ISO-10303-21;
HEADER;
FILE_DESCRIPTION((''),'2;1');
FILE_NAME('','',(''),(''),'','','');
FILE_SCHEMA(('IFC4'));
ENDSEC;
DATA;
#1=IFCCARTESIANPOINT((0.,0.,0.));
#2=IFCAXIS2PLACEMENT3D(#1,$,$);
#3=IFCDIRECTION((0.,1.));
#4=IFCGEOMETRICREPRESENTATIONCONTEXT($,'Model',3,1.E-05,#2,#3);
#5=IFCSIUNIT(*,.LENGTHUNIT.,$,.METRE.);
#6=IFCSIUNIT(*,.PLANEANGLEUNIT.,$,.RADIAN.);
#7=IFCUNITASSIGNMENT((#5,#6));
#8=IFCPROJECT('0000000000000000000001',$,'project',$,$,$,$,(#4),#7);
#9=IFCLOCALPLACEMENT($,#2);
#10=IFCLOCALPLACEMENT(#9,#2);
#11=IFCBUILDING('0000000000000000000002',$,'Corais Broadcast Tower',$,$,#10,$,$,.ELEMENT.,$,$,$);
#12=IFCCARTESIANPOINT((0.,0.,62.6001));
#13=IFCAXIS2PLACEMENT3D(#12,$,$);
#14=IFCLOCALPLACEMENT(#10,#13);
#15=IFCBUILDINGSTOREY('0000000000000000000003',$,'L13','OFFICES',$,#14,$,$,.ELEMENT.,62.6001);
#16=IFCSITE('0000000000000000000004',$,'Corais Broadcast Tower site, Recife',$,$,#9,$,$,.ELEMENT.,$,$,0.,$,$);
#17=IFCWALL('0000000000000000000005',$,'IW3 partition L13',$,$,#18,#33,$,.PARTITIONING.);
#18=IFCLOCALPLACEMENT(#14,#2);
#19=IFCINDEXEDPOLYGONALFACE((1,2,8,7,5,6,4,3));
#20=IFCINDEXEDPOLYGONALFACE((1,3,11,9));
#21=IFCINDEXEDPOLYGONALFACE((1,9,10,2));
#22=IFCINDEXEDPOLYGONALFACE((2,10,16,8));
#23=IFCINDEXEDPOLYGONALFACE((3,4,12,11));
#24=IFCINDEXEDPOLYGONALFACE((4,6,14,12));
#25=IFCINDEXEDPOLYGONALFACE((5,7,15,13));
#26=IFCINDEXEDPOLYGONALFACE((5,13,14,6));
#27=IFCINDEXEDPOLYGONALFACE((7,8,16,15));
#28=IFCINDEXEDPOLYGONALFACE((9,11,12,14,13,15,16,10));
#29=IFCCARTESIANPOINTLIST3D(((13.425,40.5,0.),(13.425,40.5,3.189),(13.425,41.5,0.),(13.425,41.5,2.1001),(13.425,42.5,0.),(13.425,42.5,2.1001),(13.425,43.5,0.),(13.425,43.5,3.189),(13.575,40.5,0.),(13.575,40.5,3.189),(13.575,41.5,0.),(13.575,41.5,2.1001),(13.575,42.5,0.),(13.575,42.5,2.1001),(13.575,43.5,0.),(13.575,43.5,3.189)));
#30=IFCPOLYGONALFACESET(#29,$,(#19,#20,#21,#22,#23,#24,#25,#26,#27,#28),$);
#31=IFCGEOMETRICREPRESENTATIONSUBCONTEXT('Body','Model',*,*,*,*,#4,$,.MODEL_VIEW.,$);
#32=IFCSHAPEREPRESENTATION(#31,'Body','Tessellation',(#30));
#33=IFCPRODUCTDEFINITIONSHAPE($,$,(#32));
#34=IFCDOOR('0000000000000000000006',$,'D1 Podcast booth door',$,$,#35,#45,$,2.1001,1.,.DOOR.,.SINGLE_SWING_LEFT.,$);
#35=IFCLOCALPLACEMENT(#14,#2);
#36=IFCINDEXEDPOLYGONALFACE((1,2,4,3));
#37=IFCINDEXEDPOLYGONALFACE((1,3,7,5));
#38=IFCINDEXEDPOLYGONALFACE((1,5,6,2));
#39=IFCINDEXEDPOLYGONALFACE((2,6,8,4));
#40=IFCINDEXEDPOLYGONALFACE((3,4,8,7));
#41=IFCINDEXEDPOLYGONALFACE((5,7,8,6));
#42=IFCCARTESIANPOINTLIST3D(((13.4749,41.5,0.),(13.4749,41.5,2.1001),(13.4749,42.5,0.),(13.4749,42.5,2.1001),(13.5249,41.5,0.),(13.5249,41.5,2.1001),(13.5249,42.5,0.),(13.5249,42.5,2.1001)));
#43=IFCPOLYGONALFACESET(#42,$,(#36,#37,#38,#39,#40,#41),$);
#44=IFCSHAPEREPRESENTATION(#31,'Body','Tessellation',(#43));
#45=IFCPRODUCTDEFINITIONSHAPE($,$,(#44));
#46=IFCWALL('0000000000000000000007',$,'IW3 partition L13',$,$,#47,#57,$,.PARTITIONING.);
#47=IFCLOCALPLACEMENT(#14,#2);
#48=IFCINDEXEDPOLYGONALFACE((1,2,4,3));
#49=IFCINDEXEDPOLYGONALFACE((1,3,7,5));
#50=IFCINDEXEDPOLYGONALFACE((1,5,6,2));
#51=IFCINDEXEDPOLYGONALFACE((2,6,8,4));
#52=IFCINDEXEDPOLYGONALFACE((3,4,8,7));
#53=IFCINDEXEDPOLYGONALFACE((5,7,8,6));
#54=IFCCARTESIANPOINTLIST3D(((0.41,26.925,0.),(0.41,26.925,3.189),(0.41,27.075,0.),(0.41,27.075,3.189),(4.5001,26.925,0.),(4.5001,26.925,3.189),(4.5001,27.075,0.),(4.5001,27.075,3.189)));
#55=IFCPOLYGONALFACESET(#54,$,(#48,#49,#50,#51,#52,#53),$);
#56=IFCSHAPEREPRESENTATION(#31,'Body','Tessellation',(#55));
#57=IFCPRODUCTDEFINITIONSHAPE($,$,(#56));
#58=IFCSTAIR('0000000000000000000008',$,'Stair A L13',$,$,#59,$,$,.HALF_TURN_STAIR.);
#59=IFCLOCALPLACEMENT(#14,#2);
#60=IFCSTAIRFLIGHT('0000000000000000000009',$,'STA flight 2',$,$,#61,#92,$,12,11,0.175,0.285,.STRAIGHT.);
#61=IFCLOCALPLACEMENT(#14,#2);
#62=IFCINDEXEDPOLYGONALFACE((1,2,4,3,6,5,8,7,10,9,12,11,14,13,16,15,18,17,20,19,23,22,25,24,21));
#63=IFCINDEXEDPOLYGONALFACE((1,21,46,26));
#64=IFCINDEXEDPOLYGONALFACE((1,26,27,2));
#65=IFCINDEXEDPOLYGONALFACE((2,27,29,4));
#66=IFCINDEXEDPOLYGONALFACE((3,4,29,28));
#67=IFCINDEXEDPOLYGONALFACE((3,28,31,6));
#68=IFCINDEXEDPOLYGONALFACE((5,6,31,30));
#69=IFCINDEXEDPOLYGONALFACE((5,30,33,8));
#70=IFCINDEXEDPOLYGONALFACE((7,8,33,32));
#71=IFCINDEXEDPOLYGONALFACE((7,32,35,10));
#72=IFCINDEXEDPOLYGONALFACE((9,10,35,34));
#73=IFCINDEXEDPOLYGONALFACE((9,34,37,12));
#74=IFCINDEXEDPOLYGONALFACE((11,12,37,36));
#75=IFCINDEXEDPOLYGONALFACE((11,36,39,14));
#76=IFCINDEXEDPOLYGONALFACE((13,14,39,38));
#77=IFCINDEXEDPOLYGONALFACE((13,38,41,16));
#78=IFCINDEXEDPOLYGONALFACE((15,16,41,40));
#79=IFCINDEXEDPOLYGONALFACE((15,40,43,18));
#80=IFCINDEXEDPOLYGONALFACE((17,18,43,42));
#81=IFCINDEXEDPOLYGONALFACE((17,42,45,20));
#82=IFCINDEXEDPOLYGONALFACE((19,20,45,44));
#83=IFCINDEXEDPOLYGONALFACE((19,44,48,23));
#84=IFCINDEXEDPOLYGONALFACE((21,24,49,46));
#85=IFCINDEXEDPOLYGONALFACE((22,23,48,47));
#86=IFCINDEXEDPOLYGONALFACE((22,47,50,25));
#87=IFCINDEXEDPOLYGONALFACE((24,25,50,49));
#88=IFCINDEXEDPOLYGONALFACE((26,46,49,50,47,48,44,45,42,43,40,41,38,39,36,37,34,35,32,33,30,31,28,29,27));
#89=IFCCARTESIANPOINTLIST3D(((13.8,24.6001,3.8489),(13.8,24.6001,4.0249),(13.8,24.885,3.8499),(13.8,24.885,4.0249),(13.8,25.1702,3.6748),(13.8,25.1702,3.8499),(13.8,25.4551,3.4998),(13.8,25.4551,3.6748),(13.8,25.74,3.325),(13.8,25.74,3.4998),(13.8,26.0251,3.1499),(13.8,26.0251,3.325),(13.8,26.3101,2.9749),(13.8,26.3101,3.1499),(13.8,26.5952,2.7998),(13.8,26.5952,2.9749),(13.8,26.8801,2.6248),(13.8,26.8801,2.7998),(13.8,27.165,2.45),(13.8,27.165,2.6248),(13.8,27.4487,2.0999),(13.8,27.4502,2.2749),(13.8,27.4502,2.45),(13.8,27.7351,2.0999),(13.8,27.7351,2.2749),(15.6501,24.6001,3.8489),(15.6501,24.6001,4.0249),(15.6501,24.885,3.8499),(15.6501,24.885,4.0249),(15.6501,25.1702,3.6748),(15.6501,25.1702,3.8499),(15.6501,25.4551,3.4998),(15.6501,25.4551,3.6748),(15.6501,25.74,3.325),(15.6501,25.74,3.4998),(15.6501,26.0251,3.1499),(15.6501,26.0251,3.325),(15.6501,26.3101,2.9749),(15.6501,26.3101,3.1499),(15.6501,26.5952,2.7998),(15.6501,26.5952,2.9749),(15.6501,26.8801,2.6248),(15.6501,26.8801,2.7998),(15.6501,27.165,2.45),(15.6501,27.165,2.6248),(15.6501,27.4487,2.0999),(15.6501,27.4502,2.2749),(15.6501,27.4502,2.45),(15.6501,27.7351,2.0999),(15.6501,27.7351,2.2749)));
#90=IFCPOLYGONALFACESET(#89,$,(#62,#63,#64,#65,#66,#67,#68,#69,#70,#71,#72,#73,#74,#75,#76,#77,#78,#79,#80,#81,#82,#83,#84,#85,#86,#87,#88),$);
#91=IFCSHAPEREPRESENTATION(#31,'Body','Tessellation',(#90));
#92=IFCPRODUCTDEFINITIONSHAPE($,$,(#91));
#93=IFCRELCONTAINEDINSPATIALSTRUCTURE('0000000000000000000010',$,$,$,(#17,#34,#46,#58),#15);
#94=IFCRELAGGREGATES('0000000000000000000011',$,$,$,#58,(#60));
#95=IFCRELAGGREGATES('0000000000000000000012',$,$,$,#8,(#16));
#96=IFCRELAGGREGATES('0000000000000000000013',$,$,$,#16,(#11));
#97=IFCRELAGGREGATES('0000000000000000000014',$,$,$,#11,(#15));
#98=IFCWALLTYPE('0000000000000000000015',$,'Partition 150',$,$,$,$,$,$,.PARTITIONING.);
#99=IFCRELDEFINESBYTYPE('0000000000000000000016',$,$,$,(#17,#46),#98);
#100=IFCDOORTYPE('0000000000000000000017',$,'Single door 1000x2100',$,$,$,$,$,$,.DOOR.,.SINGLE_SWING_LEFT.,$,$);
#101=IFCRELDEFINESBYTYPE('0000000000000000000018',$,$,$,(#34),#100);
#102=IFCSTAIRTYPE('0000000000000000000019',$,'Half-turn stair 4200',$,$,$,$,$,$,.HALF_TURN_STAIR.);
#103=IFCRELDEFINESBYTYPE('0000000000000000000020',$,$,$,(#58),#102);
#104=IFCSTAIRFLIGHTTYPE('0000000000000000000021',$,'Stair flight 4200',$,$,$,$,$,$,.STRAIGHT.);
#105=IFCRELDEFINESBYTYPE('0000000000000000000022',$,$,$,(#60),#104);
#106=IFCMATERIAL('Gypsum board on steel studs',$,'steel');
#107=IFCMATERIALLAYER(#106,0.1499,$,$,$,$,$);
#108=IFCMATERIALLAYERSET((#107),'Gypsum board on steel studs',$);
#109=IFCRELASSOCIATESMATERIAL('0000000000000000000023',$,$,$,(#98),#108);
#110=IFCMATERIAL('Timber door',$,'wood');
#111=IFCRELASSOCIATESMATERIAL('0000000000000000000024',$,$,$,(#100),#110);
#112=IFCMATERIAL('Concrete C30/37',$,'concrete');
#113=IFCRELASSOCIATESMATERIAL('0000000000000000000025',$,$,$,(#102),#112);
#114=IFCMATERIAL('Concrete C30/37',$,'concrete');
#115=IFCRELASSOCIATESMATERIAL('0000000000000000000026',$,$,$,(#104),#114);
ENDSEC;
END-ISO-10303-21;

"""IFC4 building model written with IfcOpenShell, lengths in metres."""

from ifc_helpers import new_model, si_unit, direction, frame, frame_2d, origin, place, context, subcontext, project, spatial, polyline, rectangle, outline, extrude, material, layer, layer_set, type_object, element, fill, aggregate, save


model = new_model("IFC4")

# Units and contexts
model_context = context("Model", 3, precision=1e-05, world=origin(), true_north=direction((0.0, 1.0)))
body_context = subcontext(model_context, "Body", "Model", "MODEL_VIEW")
ifc_project = project(units=[si_unit("LENGTHUNIT", "METRE"), si_unit("PLANEANGLEUNIT", "RADIAN")], contexts=[model_context])

# Site, building, storey
site_placement = place(None, origin())
site = spatial("IfcSite", under=ifc_project, at=site_placement, Name="Corais Broadcast Tower site, Recife", CompositionType="ELEMENT", RefElevation=0.0)
building_placement = place(site_placement, origin())
building = spatial("IfcBuilding", under=site, at=building_placement, Name="Corais Broadcast Tower", CompositionType="ELEMENT")
storey_placement = place(building_placement, frame((0.0, 0.0, 62.6001)))
storey = spatial("IfcBuildingStorey", under=building, at=storey_placement, Name="L13", Description="OFFICES", CompositionType="ELEMENT", Elevation=62.6001)

# Shared definitions
ifc_material_1 = material(Name="Gypsum board on steel studs", Category="steel")
ifc_layer_1 = layer(ifc_material_1, 0.1499)
ifc_layer_set_1 = layer_set([ifc_layer_1], Name="Gypsum board on steel studs")
wall_type_1 = type_object("IfcWallType", Name="Partition 150", PredefinedType="PARTITIONING", material=ifc_layer_set_1)
ifc_material_2 = material(Name="Timber door", Category="wood")
door_type_1 = type_object("IfcDoorType", Name="Single door 1000x2100", OperationType="SINGLE_SWING_LEFT", PredefinedType="DOOR", material=ifc_material_2)

# Wall, opening, door
wall_1_placement = place(storey_placement, frame((13.5, 43.5, 0.0), z_axis=(0.0, 0.0, 1.0), x_axis=(0.0, -1.0, 0.0)))
wall_1 = element("IfcWall", 1, at=wall_1_placement, inside=storey, type_object=wall_type_1, Name="IW3 partition L13", PredefinedType="PARTITIONING", context=body_context, shape_type="SweptSolid", body=[
    extrude(rectangle(XDim=3.0, YDim=0.1499, at=frame_2d((1.5, 0.0))), origin(), (0.0, 0.0, 1.0), 3.189),
])
opening_1_placement = place(wall_1_placement, frame((1.0, 0.0, 0.0)))
opening_1 = element("IfcOpeningElement", 2, at=opening_1_placement, cuts=wall_1, PredefinedType="OPENING", context=body_context, shape_type="SweptSolid", body=[
    extrude(rectangle(XDim=1.0, YDim=2.1001, at=frame_2d((0.5, 1.05))), frame((0.0, 0.085, 0.0), z_axis=(0.0, -1.0, 0.0), x_axis=(1.0, 0.0, 0.0)), (0.0, 0.0, 1.0), 0.1699),
])
door_1_placement = place(opening_1_placement, origin())
door_1 = element("IfcDoor", 3, at=door_1_placement, inside=storey, type_object=door_type_1, Name="D1 Podcast booth door", OperationType="SINGLE_SWING_LEFT", OverallHeight=2.1001, OverallWidth=1.0, PredefinedType="DOOR", context=body_context, shape_type="SweptSolid", body=[
    extrude(rectangle(XDim=1.0, YDim=2.1001, at=frame_2d((0.5, 1.05))), frame((0.0, 0.0249, 0.0), z_axis=(0.0, -1.0, 0.0), x_axis=(1.0, 0.0, 0.0)), (0.0, 0.0, 1.0), 0.05),
])
fill(opening_1, door_1)

# Wall
wall_2_placement = place(storey_placement, frame((4.5, 27.0, 0.0), z_axis=(0.0, 0.0, 1.0), x_axis=(-1.0, 0.0, 0.0)))
element("IfcWall", 4, at=wall_2_placement, inside=storey, type_object=wall_type_1, Name="IW3 partition L13", PredefinedType="PARTITIONING", context=body_context, shape_type="SweptSolid", body=[
    extrude(rectangle(XDim=4.0901, YDim=0.1499, at=frame_2d((2.0449, 0.0))), origin(), (0.0, 0.0, 1.0), 3.189),
])

# Stair, stair flight
ifc_material_3 = material(Name="Concrete C30/37", Category="concrete")
stair_type = type_object("IfcStairType", Name="Half-turn stair 4200", PredefinedType="HALF_TURN_STAIR", material=ifc_material_3)
stair_placement = place(storey_placement, origin())
stair = element("IfcStair", 5, at=stair_placement, inside=storey, type_object=stair_type, Name="Stair A L13", PredefinedType="HALF_TURN_STAIR")
ifc_material_4 = material(Name="Concrete C30/37", Category="concrete")
stair_flight_type = type_object("IfcStairFlightType", Name="Stair flight 4200", PredefinedType="STRAIGHT", material=ifc_material_4)
stair_flight_placement = place(storey_placement, frame((14.7251, 27.7351, 2.0999), z_axis=(0.0, 0.0, 1.0), x_axis=(0.0, -1.0, 0.0)))
stair_flight = element("IfcStairFlight", 6, at=stair_flight_placement, type_object=stair_flight_type, Name="STA flight 2", NumberOfRisers=12, NumberOfTreads=11, PredefinedType="STRAIGHT", RiserHeight=0.175, TreadLength=0.285, context=body_context, shape_type="SweptSolid", body=[
    extrude(outline(polyline([(0.0, 0.0), (0.0, 0.175), (0.2849, 0.175), (0.2849, 0.3501), (0.5701, 0.3501), (0.5701, 0.5249), (0.855, 0.5249), (0.855, 0.7), (1.1399, 0.7), (1.1399, 0.875), (1.425, 0.875), (1.425, 1.05), (1.71, 1.05), (1.71, 1.2251), (1.9951, 1.2251), (1.9951, 1.3999), (2.28, 1.3999), (2.28, 1.575), (2.5649, 1.575), (2.5649, 1.75), (2.8501, 1.75), (2.8501, 1.925), (3.135, 1.925), (3.135, 2.1001), (3.135, 1.749), (0.2864, 0.0), (0.0, 0.0)])), frame((0.0, 0.925, 0.0), z_axis=(0.0, -1.0, 0.0), x_axis=(1.0, 0.0, 0.0)), (0.0, 0.0, 1.0), 1.8501),
])
aggregate(stair, [stair_flight])

save(model, "model.ifc")
